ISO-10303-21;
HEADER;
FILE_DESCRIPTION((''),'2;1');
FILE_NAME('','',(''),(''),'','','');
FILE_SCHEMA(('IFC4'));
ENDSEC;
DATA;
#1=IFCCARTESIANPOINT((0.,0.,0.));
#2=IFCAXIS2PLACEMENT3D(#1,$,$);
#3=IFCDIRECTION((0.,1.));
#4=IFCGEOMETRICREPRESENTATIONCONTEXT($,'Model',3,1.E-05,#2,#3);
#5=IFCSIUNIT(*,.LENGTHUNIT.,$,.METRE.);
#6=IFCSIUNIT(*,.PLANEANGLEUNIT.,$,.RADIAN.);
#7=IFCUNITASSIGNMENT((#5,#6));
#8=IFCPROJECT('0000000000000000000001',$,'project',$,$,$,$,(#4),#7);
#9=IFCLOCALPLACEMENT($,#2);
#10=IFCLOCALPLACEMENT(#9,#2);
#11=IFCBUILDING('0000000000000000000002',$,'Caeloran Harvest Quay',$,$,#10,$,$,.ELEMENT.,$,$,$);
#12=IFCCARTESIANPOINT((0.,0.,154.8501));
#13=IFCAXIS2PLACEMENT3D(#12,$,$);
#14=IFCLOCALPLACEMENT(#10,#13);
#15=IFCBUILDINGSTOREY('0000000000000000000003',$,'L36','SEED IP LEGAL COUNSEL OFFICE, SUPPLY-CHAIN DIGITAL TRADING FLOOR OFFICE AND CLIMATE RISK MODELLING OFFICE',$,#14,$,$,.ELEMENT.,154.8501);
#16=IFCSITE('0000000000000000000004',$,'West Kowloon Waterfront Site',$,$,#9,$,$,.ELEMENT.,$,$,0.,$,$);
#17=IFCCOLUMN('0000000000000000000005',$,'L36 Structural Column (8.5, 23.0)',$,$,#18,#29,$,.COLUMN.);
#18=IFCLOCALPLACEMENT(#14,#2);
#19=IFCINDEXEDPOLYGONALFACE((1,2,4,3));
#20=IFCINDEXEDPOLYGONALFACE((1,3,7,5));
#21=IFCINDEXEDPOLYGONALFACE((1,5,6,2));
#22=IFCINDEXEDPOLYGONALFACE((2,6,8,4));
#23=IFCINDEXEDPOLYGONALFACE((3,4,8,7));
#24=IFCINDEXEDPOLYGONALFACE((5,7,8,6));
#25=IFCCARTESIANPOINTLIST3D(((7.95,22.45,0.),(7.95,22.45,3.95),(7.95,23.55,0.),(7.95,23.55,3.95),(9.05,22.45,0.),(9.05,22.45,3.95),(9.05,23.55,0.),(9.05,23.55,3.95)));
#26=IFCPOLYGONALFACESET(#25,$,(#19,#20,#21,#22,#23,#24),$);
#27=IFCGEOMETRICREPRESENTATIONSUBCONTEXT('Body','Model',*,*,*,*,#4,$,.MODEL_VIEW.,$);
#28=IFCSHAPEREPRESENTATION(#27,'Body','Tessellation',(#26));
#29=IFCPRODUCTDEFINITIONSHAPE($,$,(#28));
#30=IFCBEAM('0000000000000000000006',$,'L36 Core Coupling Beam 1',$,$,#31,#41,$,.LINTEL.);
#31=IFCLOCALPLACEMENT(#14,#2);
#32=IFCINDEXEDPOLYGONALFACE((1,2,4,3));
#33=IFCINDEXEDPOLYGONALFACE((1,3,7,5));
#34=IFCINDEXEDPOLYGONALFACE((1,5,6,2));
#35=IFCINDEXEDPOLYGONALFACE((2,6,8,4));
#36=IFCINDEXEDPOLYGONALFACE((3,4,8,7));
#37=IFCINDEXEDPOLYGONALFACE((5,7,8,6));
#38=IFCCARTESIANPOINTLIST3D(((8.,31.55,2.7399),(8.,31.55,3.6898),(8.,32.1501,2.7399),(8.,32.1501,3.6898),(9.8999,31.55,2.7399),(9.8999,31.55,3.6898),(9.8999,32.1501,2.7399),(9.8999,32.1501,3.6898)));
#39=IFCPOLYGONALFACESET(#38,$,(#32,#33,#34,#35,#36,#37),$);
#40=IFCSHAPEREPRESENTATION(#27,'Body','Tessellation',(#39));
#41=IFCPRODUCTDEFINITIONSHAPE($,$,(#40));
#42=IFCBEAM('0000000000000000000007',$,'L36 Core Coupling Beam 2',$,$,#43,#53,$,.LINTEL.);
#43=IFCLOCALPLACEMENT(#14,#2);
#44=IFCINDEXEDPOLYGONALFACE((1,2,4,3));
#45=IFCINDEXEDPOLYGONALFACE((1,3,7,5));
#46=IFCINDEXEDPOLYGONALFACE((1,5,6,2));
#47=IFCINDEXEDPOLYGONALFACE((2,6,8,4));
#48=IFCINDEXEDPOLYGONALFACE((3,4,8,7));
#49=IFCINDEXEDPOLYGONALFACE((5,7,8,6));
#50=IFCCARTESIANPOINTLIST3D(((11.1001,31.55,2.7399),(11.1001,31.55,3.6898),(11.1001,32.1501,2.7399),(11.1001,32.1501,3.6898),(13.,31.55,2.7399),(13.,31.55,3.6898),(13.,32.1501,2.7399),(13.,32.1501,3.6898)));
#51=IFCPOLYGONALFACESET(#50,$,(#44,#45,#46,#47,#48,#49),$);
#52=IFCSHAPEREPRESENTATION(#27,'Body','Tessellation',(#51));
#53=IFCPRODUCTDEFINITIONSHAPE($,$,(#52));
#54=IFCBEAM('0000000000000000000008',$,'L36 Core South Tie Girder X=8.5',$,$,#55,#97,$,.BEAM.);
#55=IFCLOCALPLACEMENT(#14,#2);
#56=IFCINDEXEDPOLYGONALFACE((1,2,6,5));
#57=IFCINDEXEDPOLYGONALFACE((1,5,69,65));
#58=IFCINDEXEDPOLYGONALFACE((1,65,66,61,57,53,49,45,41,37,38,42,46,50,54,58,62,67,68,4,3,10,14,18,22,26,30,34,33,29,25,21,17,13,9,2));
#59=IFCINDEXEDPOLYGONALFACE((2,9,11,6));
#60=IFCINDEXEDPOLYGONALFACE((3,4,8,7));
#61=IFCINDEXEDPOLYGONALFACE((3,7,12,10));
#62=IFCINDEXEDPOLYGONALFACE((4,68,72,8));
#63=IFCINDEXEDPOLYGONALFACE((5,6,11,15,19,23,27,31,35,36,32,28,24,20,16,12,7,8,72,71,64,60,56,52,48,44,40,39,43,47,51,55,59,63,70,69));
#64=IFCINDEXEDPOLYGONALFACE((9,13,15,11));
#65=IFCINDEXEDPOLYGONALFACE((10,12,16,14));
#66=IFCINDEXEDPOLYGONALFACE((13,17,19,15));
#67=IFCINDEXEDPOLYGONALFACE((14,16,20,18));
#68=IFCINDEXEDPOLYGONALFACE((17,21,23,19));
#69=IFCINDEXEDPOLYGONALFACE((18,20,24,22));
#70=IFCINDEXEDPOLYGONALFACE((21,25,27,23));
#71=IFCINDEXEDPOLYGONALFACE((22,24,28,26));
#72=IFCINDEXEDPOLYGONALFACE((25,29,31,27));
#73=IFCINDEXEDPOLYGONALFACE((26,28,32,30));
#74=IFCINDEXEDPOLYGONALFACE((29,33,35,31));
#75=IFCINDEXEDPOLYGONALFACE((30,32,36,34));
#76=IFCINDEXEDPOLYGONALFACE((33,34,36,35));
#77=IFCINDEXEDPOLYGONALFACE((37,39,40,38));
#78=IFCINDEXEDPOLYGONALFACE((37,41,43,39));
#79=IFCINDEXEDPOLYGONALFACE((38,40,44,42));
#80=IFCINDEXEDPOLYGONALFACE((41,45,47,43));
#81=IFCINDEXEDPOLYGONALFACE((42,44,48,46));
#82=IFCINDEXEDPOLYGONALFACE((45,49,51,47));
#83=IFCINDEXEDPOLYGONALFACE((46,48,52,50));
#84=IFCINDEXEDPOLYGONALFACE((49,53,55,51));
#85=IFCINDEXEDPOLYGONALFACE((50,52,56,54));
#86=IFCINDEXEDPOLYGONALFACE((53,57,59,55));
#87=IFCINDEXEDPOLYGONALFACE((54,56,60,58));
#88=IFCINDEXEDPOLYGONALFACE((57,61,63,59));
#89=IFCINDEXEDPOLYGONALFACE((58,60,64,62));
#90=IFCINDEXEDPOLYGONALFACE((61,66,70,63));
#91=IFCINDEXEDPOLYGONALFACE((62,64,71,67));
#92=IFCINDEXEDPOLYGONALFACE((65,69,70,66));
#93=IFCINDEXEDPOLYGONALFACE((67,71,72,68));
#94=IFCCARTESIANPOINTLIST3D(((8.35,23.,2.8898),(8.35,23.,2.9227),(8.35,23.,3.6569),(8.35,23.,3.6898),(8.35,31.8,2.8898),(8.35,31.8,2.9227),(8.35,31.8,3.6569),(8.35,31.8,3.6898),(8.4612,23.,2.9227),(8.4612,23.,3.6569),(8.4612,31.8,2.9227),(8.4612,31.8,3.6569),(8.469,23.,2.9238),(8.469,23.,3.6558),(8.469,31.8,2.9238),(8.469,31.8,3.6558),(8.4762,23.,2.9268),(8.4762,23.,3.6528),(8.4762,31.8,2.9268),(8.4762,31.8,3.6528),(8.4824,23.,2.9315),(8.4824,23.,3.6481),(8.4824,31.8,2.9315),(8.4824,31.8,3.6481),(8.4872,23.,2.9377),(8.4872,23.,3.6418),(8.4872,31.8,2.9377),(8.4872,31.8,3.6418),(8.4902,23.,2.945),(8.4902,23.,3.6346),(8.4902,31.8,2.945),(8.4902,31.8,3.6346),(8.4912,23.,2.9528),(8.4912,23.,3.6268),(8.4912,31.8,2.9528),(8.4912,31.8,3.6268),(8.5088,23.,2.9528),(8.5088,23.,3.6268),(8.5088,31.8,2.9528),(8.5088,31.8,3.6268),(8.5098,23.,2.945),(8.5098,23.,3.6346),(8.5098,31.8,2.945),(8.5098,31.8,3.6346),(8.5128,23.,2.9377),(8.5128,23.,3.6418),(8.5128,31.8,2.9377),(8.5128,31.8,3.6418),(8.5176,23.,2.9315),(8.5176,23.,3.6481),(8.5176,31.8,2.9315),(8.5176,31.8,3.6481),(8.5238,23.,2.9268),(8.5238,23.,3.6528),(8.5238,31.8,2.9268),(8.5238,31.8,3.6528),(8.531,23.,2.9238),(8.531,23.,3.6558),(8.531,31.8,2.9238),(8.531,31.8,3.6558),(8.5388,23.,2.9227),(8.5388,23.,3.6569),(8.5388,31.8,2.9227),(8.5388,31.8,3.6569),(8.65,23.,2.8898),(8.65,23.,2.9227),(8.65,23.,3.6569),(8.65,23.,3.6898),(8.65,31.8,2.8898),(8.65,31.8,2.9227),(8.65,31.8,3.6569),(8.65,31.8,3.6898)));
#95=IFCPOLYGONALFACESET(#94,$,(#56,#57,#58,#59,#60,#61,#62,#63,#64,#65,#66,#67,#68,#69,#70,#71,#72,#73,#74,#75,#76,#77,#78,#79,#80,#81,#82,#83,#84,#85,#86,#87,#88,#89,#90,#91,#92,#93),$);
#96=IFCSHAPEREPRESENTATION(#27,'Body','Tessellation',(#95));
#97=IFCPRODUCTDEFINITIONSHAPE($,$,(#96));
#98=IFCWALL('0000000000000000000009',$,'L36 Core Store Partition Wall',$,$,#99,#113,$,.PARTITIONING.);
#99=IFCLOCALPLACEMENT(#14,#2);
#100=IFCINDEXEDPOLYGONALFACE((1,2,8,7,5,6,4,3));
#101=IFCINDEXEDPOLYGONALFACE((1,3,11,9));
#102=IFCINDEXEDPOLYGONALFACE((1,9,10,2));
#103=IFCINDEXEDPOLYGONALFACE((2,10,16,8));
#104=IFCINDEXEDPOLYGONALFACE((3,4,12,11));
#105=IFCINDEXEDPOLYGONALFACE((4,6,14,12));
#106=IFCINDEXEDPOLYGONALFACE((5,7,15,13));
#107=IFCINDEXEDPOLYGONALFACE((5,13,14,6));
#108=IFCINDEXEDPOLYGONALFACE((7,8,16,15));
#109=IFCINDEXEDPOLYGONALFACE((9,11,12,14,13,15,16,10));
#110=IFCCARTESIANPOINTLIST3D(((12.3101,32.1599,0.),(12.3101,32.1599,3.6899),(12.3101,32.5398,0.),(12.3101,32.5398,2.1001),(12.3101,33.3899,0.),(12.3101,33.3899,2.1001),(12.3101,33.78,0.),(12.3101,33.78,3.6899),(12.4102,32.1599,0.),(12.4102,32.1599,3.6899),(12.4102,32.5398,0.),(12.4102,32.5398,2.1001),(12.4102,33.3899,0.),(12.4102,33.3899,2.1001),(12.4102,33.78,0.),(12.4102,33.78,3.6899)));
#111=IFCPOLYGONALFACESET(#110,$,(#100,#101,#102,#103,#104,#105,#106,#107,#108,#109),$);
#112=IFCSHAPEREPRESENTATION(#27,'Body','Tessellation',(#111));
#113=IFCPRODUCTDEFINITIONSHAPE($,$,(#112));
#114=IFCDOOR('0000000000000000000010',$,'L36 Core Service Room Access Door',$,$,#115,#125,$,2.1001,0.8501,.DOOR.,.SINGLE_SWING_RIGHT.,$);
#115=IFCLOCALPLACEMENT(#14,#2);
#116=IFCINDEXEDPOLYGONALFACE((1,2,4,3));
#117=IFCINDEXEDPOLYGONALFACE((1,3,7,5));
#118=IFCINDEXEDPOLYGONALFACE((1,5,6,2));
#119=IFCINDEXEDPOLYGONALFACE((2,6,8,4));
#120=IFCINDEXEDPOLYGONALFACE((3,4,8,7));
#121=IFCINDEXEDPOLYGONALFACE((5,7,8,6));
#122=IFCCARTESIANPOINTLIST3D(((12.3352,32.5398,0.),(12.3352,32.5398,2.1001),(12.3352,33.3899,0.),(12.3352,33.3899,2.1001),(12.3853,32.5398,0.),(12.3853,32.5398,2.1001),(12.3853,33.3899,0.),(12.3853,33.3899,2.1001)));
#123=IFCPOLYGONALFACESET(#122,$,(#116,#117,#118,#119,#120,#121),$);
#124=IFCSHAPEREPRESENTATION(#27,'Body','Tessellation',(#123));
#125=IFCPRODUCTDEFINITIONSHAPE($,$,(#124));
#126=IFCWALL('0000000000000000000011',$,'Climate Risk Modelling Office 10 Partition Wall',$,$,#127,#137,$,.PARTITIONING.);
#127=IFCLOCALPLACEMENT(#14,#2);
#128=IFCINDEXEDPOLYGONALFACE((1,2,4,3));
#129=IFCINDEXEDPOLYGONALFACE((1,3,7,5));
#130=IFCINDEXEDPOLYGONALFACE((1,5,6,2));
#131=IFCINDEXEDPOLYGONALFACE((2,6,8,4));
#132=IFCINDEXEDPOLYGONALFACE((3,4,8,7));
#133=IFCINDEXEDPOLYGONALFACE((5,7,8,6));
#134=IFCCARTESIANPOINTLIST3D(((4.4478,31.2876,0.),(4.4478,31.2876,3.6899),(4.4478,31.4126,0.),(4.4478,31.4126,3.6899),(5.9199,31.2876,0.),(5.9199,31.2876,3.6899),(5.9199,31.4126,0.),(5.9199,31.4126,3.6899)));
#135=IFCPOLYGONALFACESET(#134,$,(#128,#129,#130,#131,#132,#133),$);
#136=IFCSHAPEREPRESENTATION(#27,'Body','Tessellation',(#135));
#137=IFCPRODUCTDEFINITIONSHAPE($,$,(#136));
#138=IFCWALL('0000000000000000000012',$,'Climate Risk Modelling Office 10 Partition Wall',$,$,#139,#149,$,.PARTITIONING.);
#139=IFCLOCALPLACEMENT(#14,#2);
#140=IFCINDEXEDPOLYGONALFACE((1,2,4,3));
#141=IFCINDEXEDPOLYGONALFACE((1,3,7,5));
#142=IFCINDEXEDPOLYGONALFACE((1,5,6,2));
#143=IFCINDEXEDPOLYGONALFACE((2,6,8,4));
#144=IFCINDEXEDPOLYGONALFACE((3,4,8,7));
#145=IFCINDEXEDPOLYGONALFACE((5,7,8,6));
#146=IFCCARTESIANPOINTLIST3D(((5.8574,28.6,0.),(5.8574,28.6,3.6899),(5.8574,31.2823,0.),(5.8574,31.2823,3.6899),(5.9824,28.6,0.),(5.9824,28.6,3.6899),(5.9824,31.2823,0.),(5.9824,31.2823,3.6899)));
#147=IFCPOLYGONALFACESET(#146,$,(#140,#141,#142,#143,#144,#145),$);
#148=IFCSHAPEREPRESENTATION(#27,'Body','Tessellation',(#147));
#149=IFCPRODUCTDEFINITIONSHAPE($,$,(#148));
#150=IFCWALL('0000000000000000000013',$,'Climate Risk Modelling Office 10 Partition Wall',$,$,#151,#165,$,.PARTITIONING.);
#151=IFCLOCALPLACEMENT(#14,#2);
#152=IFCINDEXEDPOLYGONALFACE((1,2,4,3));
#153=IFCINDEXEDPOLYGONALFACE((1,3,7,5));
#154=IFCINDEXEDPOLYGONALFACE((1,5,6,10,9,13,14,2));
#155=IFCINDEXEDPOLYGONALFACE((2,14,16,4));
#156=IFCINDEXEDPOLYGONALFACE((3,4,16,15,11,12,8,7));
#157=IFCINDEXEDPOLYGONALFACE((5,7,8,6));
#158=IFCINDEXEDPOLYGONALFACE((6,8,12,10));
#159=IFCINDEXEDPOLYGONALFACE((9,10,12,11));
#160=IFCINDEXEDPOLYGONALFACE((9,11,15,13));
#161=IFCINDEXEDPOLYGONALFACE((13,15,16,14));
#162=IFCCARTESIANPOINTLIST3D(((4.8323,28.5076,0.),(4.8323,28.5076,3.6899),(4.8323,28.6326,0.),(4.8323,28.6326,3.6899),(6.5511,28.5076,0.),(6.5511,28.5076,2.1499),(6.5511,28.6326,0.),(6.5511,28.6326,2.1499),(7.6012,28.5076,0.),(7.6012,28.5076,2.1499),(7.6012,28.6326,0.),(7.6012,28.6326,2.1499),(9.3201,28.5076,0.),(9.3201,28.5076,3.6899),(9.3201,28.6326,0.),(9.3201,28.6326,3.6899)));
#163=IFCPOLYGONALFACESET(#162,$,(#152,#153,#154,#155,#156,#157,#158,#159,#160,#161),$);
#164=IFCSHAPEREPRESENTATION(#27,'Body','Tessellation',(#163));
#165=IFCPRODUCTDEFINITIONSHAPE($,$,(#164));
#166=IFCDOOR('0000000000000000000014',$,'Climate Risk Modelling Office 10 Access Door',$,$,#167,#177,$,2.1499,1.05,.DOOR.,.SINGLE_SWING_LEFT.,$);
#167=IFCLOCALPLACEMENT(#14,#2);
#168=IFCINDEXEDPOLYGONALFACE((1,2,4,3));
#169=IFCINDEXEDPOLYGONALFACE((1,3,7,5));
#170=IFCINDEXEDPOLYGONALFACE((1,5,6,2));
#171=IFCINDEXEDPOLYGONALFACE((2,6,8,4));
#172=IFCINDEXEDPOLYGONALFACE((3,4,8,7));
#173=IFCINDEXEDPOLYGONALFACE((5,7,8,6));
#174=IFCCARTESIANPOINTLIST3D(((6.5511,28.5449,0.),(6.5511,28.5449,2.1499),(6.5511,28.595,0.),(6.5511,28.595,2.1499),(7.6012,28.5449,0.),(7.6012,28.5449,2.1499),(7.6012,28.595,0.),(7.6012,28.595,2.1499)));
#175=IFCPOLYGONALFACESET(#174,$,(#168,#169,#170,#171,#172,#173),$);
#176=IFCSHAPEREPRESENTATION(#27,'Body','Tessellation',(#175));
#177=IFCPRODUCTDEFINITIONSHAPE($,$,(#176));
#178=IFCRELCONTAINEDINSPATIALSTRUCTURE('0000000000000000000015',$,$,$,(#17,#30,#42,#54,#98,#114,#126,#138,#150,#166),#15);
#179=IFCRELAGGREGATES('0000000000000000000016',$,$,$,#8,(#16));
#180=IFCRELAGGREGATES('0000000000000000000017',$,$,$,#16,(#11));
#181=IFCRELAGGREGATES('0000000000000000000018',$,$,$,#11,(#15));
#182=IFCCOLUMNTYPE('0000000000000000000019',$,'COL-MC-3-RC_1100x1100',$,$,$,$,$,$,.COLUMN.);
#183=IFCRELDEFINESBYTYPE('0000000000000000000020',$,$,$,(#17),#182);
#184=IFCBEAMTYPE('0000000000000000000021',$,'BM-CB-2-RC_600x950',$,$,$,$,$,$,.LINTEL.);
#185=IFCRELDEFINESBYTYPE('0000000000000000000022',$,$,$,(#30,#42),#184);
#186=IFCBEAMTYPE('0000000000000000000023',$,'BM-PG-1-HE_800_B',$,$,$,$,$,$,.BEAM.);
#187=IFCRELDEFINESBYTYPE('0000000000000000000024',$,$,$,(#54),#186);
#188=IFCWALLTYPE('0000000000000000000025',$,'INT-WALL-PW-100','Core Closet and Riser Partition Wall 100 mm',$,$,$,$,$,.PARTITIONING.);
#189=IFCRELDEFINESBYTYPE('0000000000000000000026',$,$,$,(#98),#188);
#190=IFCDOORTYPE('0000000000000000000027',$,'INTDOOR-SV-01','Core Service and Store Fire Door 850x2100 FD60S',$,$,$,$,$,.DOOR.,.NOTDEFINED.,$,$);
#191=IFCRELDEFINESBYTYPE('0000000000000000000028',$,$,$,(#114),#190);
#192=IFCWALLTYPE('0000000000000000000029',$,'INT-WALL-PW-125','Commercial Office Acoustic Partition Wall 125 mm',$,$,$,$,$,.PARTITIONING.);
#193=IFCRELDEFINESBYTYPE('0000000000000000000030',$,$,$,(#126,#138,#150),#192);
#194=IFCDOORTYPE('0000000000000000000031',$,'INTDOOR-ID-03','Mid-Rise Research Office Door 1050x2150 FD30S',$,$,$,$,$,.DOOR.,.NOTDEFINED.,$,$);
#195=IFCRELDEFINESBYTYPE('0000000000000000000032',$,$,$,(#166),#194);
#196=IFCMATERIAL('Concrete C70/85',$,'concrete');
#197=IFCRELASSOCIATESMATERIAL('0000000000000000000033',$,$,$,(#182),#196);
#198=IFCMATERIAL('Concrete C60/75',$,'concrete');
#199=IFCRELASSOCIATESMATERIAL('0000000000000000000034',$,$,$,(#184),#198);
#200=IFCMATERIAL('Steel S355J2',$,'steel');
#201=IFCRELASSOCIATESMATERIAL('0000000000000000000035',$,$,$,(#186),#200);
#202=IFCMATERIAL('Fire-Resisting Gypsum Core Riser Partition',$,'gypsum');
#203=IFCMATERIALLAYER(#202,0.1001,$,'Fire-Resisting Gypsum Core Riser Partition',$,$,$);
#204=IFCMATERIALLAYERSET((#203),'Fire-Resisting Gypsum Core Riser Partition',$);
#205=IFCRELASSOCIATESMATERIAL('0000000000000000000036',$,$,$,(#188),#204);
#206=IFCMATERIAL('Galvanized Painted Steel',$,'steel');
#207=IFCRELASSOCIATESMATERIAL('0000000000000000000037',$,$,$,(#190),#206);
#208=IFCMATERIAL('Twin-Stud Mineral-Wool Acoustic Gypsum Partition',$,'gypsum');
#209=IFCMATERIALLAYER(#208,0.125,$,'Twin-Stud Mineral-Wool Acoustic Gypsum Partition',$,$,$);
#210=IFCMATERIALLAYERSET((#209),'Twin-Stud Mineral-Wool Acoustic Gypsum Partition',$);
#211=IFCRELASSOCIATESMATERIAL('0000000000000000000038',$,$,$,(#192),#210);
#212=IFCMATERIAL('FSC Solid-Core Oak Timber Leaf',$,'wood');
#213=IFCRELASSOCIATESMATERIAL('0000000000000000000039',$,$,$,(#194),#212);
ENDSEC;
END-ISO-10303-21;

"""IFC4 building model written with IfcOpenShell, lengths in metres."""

from ifc_helpers import new_model, si_unit, direction, frame, frame_2d, origin, origin_2d, place, context, subcontext, project, spatial, rectangle, i_section, extrude, material, layer, layer_set, material_profile, profile_set, type_object, element, fill, save


model = new_model("IFC4")

# Units and contexts
model_context = context("Model", 3, precision=1e-05, world=origin(), true_north=direction((0.0, 1.0)))
body_context = subcontext(model_context, "Body", "Model", "MODEL_VIEW")
ifc_project = project(units=[si_unit("LENGTHUNIT", "METRE"), si_unit("PLANEANGLEUNIT", "RADIAN")], contexts=[model_context])

# Site, building, storey
site_placement = place(None, origin())
site = spatial("IfcSite", under=ifc_project, at=site_placement, Name="West Kowloon Waterfront Site", CompositionType="ELEMENT", RefElevation=0.0)
building_placement = place(site_placement, origin())
building = spatial("IfcBuilding", under=site, at=building_placement, Name="Caeloran Harvest Quay", CompositionType="ELEMENT")
storey_placement = place(building_placement, frame((0.0, 0.0, 154.8501)))
storey = spatial("IfcBuildingStorey", under=building, at=storey_placement, Name="L36", Description="SEED IP LEGAL COUNSEL OFFICE, SUPPLY-CHAIN DIGITAL TRADING FLOOR OFFICE AND CLIMATE RISK MODELLING OFFICE", CompositionType="ELEMENT", Elevation=154.8501)

# Column
ifc_material_1 = material(Name="Concrete C70/85", Category="concrete")
ifc_material_profile_1 = material_profile(ifc_material_1, rectangle(XDim=1.1001, YDim=1.1001, at=origin_2d()), Name="RC 1100x1100")
ifc_profile_set_1 = profile_set([ifc_material_profile_1], Name="Concrete C70/85")
column_type = type_object("IfcColumnType", Name="COL-MC-3-RC_1100x1100", PredefinedType="COLUMN", material=ifc_profile_set_1)
column_placement = place(storey_placement, frame((8.5, 23.0, 0.0), z_axis=(0.0, 0.0, 1.0), x_axis=(1.0, 0.0, 0.0)))
element("IfcColumn", 1, at=column_placement, inside=storey, type_object=column_type, Name="L36 Structural Column (8.5, 23.0)", PredefinedType="COLUMN", context=body_context, shape_type="SweptSolid", body=[
    extrude(rectangle(XDim=1.1001, YDim=1.1001, at=origin_2d()), origin(), (0.0, 0.0, 1.0), 3.95),
])

# Beams
ifc_material_2 = material(Name="Concrete C60/75", Category="concrete")
ifc_material_profile_2 = material_profile(ifc_material_2, rectangle(XDim=0.6001, YDim=0.95, at=origin_2d()), Name="RC 600x950")
ifc_profile_set_2 = profile_set([ifc_material_profile_2], Name="Concrete C60/75")
beam_type_1 = type_object("IfcBeamType", Name="BM-CB-2-RC_600x950", PredefinedType="LINTEL", material=ifc_profile_set_2)
for number, where, z_axis, x_axis, name in (
    (2, (8.0, 31.8501, 3.2148), (1.0, 0.0, 0.0), (0.0, 1.0, 0.0), "L36 Core Coupling Beam 1"),
    (3, (11.1001, 31.8501, 3.2148), (1.0, 0.0, 0.0), (0.0, 1.0, 0.0), "L36 Core Coupling Beam 2"),
):
    element("IfcBeam", number, at=place(storey_placement, frame(where, z_axis=z_axis, x_axis=x_axis)), inside=storey, type_object=beam_type_1, Name=name, PredefinedType="LINTEL", context=body_context, shape_type="SweptSolid", body=[
        extrude(rectangle(XDim=0.6001, YDim=0.95, at=origin_2d()), origin(), (0.0, 0.0, 1.0), 1.8999),
    ])
ifc_material_3 = material(Name="Steel S355J2", Category="steel")
ifc_material_profile_3 = material_profile(ifc_material_3, i_section(OverallWidth=0.3, OverallDepth=0.8, WebThickness=0.0176, FlangeThickness=0.033, FilletRadius=0.03, at=origin_2d()), Name="HE 800 B")
ifc_profile_set_3 = profile_set([ifc_material_profile_3], Name="Steel S355J2")
beam_type_2 = type_object("IfcBeamType", Name="BM-PG-1-HE_800_B", PredefinedType="BEAM", material=ifc_profile_set_3)
beam_placement = place(storey_placement, frame((8.5, 23.0, 3.2898), z_axis=(0.0, 1.0, 0.0), x_axis=(-1.0, 0.0, 0.0)))
element("IfcBeam", 4, at=beam_placement, inside=storey, type_object=beam_type_2, Name="L36 Core South Tie Girder X=8.5", PredefinedType="BEAM", context=body_context, shape_type="SweptSolid", body=[
    extrude(i_section(OverallWidth=0.3, OverallDepth=0.8, WebThickness=0.0176, FlangeThickness=0.033, FilletRadius=0.03, at=origin_2d()), origin(), (0.0, 0.0, 1.0), 8.8),
])

# Wall, opening, door
ifc_material_4 = material(Name="Fire-Resisting Gypsum Core Riser Partition", Category="gypsum")
ifc_layer_1 = layer(ifc_material_4, 0.1001, Name="Fire-Resisting Gypsum Core Riser Partition")
ifc_layer_set_1 = layer_set([ifc_layer_1], Name="Fire-Resisting Gypsum Core Riser Partition")
wall_type_1 = type_object("IfcWallType", Name="INT-WALL-PW-100", Description="Core Closet and Riser Partition Wall 100 mm", PredefinedType="PARTITIONING", material=ifc_layer_set_1)
wall_1_placement = place(storey_placement, frame((12.3601, 32.1599, 0.0), z_axis=(0.0, 0.0, 1.0), x_axis=(0.0, 1.0, 0.0)))
wall_1 = element("IfcWall", 5, at=wall_1_placement, inside=storey, type_object=wall_type_1, Name="L36 Core Store Partition Wall", PredefinedType="PARTITIONING", context=body_context, shape_type="SweptSolid", body=[
    extrude(rectangle(XDim=1.6201, YDim=0.1001, at=frame_2d((0.8101, 0.0))), origin(), (0.0, 0.0, 1.0), 3.6899),
])
opening_1_placement = place(wall_1_placement, frame((0.3799, 0.0, 0.0)))
opening_1 = element("IfcOpeningElement", 6, at=opening_1_placement, cuts=wall_1, PredefinedType="OPENING", context=body_context, shape_type="SweptSolid", body=[
    extrude(rectangle(XDim=0.8501, YDim=2.1001, at=frame_2d((0.425, 1.05))), frame((0.0, 0.0601, 0.0), z_axis=(0.0, -1.0, 0.0), x_axis=(1.0, 0.0, 0.0)), (0.0, 0.0, 1.0), 0.1201),
])
ifc_material_5 = material(Name="Galvanized Painted Steel", Category="steel")
door_type_1 = type_object("IfcDoorType", Name="INTDOOR-SV-01", Description="Core Service and Store Fire Door 850x2100 FD60S", OperationType="NOTDEFINED", PredefinedType="DOOR", material=ifc_material_5)
door_1_placement = place(opening_1_placement, origin())
door_1 = element("IfcDoor", 7, at=door_1_placement, inside=storey, type_object=door_type_1, Name="L36 Core Service Room Access Door", OperationType="SINGLE_SWING_RIGHT", OverallHeight=2.1001, OverallWidth=0.8501, PredefinedType="DOOR", context=body_context, shape_type="SweptSolid", body=[
    extrude(rectangle(XDim=0.8501, YDim=2.1001, at=frame_2d((0.425, 1.05))), frame((0.0, 0.0249, 0.0), z_axis=(0.0, -1.0, 0.0), x_axis=(1.0, 0.0, 0.0)), (0.0, 0.0, 1.0), 0.05),
])
fill(opening_1, door_1)

# Walls
ifc_material_6 = material(Name="Twin-Stud Mineral-Wool Acoustic Gypsum Partition", Category="gypsum")
ifc_layer_2 = layer(ifc_material_6, 0.125, Name="Twin-Stud Mineral-Wool Acoustic Gypsum Partition")
ifc_layer_set_2 = layer_set([ifc_layer_2], Name="Twin-Stud Mineral-Wool Acoustic Gypsum Partition")
wall_type_2 = type_object("IfcWallType", Name="INT-WALL-PW-125", Description="Commercial Office Acoustic Partition Wall 125 mm", PredefinedType="PARTITIONING", material=ifc_layer_set_2)
wall_2_placement = place(storey_placement, frame((4.4478, 31.3501, 0.0), z_axis=(0.0, 0.0, 1.0), x_axis=(1.0, 0.0, 0.0)))
element("IfcWall", 8, at=wall_2_placement, inside=storey, type_object=wall_type_2, Name="Climate Risk Modelling Office 10 Partition Wall", PredefinedType="PARTITIONING", context=body_context, shape_type="SweptSolid", body=[
    extrude(rectangle(XDim=1.4722, YDim=0.125, at=frame_2d((0.7361, 0.0))), origin(), (0.0, 0.0, 1.0), 3.6899),
])
wall_3_placement = place(storey_placement, frame((5.9199, 31.2825, 0.0), z_axis=(0.0, 0.0, 1.0), x_axis=(0.0, -1.0, 0.0)))
element("IfcWall", 9, at=wall_3_placement, inside=storey, type_object=wall_type_2, Name="Climate Risk Modelling Office 10 Partition Wall", PredefinedType="PARTITIONING", context=body_context, shape_type="SweptSolid", body=[
    extrude(rectangle(XDim=2.6824, YDim=0.125, at=frame_2d((1.3413, 0.0))), origin(), (0.0, 0.0, 1.0), 3.6899),
])

# Wall, opening, door
wall_4_placement = place(storey_placement, frame((4.8323, 28.5701, 0.0), z_axis=(0.0, 0.0, 1.0), x_axis=(1.0, 0.0, 0.0)))
wall_4 = element("IfcWall", 10, at=wall_4_placement, inside=storey, type_object=wall_type_2, Name="Climate Risk Modelling Office 10 Partition Wall", PredefinedType="PARTITIONING", context=body_context, shape_type="SweptSolid", body=[
    extrude(rectangle(XDim=4.4878, YDim=0.125, at=frame_2d((2.2439, 0.0))), origin(), (0.0, 0.0, 1.0), 3.6899),
])
opening_2_placement = place(wall_4_placement, frame((1.719, 0.0, 0.0)))
opening_2 = element("IfcOpeningElement", 11, at=opening_2_placement, cuts=wall_4, PredefinedType="OPENING", context=body_context, shape_type="SweptSolid", body=[
    extrude(rectangle(XDim=1.05, YDim=2.1499, at=frame_2d((0.5249, 1.075))), frame((0.0, 0.0725, 0.0), z_axis=(0.0, -1.0, 0.0), x_axis=(1.0, 0.0, 0.0)), (0.0, 0.0, 1.0), 0.145),
])
ifc_material_7 = material(Name="FSC Solid-Core Oak Timber Leaf", Category="wood")
door_type_2 = type_object("IfcDoorType", Name="INTDOOR-ID-03", Description="Mid-Rise Research Office Door 1050x2150 FD30S", OperationType="NOTDEFINED", PredefinedType="DOOR", material=ifc_material_7)
door_2_placement = place(opening_2_placement, origin())
door_2 = element("IfcDoor", 12, at=door_2_placement, inside=storey, type_object=door_type_2, Name="Climate Risk Modelling Office 10 Access Door", OperationType="SINGLE_SWING_LEFT", OverallHeight=2.1499, OverallWidth=1.05, PredefinedType="DOOR", context=body_context, shape_type="SweptSolid", body=[
    extrude(rectangle(XDim=1.05, YDim=2.1499, at=frame_2d((0.5249, 1.075))), frame((0.0, 0.0249, 0.0), z_axis=(0.0, -1.0, 0.0), x_axis=(1.0, 0.0, 0.0)), (0.0, 0.0, 1.0), 0.05),
])
fill(opening_2, door_2)

save(model, "model.ifc")
